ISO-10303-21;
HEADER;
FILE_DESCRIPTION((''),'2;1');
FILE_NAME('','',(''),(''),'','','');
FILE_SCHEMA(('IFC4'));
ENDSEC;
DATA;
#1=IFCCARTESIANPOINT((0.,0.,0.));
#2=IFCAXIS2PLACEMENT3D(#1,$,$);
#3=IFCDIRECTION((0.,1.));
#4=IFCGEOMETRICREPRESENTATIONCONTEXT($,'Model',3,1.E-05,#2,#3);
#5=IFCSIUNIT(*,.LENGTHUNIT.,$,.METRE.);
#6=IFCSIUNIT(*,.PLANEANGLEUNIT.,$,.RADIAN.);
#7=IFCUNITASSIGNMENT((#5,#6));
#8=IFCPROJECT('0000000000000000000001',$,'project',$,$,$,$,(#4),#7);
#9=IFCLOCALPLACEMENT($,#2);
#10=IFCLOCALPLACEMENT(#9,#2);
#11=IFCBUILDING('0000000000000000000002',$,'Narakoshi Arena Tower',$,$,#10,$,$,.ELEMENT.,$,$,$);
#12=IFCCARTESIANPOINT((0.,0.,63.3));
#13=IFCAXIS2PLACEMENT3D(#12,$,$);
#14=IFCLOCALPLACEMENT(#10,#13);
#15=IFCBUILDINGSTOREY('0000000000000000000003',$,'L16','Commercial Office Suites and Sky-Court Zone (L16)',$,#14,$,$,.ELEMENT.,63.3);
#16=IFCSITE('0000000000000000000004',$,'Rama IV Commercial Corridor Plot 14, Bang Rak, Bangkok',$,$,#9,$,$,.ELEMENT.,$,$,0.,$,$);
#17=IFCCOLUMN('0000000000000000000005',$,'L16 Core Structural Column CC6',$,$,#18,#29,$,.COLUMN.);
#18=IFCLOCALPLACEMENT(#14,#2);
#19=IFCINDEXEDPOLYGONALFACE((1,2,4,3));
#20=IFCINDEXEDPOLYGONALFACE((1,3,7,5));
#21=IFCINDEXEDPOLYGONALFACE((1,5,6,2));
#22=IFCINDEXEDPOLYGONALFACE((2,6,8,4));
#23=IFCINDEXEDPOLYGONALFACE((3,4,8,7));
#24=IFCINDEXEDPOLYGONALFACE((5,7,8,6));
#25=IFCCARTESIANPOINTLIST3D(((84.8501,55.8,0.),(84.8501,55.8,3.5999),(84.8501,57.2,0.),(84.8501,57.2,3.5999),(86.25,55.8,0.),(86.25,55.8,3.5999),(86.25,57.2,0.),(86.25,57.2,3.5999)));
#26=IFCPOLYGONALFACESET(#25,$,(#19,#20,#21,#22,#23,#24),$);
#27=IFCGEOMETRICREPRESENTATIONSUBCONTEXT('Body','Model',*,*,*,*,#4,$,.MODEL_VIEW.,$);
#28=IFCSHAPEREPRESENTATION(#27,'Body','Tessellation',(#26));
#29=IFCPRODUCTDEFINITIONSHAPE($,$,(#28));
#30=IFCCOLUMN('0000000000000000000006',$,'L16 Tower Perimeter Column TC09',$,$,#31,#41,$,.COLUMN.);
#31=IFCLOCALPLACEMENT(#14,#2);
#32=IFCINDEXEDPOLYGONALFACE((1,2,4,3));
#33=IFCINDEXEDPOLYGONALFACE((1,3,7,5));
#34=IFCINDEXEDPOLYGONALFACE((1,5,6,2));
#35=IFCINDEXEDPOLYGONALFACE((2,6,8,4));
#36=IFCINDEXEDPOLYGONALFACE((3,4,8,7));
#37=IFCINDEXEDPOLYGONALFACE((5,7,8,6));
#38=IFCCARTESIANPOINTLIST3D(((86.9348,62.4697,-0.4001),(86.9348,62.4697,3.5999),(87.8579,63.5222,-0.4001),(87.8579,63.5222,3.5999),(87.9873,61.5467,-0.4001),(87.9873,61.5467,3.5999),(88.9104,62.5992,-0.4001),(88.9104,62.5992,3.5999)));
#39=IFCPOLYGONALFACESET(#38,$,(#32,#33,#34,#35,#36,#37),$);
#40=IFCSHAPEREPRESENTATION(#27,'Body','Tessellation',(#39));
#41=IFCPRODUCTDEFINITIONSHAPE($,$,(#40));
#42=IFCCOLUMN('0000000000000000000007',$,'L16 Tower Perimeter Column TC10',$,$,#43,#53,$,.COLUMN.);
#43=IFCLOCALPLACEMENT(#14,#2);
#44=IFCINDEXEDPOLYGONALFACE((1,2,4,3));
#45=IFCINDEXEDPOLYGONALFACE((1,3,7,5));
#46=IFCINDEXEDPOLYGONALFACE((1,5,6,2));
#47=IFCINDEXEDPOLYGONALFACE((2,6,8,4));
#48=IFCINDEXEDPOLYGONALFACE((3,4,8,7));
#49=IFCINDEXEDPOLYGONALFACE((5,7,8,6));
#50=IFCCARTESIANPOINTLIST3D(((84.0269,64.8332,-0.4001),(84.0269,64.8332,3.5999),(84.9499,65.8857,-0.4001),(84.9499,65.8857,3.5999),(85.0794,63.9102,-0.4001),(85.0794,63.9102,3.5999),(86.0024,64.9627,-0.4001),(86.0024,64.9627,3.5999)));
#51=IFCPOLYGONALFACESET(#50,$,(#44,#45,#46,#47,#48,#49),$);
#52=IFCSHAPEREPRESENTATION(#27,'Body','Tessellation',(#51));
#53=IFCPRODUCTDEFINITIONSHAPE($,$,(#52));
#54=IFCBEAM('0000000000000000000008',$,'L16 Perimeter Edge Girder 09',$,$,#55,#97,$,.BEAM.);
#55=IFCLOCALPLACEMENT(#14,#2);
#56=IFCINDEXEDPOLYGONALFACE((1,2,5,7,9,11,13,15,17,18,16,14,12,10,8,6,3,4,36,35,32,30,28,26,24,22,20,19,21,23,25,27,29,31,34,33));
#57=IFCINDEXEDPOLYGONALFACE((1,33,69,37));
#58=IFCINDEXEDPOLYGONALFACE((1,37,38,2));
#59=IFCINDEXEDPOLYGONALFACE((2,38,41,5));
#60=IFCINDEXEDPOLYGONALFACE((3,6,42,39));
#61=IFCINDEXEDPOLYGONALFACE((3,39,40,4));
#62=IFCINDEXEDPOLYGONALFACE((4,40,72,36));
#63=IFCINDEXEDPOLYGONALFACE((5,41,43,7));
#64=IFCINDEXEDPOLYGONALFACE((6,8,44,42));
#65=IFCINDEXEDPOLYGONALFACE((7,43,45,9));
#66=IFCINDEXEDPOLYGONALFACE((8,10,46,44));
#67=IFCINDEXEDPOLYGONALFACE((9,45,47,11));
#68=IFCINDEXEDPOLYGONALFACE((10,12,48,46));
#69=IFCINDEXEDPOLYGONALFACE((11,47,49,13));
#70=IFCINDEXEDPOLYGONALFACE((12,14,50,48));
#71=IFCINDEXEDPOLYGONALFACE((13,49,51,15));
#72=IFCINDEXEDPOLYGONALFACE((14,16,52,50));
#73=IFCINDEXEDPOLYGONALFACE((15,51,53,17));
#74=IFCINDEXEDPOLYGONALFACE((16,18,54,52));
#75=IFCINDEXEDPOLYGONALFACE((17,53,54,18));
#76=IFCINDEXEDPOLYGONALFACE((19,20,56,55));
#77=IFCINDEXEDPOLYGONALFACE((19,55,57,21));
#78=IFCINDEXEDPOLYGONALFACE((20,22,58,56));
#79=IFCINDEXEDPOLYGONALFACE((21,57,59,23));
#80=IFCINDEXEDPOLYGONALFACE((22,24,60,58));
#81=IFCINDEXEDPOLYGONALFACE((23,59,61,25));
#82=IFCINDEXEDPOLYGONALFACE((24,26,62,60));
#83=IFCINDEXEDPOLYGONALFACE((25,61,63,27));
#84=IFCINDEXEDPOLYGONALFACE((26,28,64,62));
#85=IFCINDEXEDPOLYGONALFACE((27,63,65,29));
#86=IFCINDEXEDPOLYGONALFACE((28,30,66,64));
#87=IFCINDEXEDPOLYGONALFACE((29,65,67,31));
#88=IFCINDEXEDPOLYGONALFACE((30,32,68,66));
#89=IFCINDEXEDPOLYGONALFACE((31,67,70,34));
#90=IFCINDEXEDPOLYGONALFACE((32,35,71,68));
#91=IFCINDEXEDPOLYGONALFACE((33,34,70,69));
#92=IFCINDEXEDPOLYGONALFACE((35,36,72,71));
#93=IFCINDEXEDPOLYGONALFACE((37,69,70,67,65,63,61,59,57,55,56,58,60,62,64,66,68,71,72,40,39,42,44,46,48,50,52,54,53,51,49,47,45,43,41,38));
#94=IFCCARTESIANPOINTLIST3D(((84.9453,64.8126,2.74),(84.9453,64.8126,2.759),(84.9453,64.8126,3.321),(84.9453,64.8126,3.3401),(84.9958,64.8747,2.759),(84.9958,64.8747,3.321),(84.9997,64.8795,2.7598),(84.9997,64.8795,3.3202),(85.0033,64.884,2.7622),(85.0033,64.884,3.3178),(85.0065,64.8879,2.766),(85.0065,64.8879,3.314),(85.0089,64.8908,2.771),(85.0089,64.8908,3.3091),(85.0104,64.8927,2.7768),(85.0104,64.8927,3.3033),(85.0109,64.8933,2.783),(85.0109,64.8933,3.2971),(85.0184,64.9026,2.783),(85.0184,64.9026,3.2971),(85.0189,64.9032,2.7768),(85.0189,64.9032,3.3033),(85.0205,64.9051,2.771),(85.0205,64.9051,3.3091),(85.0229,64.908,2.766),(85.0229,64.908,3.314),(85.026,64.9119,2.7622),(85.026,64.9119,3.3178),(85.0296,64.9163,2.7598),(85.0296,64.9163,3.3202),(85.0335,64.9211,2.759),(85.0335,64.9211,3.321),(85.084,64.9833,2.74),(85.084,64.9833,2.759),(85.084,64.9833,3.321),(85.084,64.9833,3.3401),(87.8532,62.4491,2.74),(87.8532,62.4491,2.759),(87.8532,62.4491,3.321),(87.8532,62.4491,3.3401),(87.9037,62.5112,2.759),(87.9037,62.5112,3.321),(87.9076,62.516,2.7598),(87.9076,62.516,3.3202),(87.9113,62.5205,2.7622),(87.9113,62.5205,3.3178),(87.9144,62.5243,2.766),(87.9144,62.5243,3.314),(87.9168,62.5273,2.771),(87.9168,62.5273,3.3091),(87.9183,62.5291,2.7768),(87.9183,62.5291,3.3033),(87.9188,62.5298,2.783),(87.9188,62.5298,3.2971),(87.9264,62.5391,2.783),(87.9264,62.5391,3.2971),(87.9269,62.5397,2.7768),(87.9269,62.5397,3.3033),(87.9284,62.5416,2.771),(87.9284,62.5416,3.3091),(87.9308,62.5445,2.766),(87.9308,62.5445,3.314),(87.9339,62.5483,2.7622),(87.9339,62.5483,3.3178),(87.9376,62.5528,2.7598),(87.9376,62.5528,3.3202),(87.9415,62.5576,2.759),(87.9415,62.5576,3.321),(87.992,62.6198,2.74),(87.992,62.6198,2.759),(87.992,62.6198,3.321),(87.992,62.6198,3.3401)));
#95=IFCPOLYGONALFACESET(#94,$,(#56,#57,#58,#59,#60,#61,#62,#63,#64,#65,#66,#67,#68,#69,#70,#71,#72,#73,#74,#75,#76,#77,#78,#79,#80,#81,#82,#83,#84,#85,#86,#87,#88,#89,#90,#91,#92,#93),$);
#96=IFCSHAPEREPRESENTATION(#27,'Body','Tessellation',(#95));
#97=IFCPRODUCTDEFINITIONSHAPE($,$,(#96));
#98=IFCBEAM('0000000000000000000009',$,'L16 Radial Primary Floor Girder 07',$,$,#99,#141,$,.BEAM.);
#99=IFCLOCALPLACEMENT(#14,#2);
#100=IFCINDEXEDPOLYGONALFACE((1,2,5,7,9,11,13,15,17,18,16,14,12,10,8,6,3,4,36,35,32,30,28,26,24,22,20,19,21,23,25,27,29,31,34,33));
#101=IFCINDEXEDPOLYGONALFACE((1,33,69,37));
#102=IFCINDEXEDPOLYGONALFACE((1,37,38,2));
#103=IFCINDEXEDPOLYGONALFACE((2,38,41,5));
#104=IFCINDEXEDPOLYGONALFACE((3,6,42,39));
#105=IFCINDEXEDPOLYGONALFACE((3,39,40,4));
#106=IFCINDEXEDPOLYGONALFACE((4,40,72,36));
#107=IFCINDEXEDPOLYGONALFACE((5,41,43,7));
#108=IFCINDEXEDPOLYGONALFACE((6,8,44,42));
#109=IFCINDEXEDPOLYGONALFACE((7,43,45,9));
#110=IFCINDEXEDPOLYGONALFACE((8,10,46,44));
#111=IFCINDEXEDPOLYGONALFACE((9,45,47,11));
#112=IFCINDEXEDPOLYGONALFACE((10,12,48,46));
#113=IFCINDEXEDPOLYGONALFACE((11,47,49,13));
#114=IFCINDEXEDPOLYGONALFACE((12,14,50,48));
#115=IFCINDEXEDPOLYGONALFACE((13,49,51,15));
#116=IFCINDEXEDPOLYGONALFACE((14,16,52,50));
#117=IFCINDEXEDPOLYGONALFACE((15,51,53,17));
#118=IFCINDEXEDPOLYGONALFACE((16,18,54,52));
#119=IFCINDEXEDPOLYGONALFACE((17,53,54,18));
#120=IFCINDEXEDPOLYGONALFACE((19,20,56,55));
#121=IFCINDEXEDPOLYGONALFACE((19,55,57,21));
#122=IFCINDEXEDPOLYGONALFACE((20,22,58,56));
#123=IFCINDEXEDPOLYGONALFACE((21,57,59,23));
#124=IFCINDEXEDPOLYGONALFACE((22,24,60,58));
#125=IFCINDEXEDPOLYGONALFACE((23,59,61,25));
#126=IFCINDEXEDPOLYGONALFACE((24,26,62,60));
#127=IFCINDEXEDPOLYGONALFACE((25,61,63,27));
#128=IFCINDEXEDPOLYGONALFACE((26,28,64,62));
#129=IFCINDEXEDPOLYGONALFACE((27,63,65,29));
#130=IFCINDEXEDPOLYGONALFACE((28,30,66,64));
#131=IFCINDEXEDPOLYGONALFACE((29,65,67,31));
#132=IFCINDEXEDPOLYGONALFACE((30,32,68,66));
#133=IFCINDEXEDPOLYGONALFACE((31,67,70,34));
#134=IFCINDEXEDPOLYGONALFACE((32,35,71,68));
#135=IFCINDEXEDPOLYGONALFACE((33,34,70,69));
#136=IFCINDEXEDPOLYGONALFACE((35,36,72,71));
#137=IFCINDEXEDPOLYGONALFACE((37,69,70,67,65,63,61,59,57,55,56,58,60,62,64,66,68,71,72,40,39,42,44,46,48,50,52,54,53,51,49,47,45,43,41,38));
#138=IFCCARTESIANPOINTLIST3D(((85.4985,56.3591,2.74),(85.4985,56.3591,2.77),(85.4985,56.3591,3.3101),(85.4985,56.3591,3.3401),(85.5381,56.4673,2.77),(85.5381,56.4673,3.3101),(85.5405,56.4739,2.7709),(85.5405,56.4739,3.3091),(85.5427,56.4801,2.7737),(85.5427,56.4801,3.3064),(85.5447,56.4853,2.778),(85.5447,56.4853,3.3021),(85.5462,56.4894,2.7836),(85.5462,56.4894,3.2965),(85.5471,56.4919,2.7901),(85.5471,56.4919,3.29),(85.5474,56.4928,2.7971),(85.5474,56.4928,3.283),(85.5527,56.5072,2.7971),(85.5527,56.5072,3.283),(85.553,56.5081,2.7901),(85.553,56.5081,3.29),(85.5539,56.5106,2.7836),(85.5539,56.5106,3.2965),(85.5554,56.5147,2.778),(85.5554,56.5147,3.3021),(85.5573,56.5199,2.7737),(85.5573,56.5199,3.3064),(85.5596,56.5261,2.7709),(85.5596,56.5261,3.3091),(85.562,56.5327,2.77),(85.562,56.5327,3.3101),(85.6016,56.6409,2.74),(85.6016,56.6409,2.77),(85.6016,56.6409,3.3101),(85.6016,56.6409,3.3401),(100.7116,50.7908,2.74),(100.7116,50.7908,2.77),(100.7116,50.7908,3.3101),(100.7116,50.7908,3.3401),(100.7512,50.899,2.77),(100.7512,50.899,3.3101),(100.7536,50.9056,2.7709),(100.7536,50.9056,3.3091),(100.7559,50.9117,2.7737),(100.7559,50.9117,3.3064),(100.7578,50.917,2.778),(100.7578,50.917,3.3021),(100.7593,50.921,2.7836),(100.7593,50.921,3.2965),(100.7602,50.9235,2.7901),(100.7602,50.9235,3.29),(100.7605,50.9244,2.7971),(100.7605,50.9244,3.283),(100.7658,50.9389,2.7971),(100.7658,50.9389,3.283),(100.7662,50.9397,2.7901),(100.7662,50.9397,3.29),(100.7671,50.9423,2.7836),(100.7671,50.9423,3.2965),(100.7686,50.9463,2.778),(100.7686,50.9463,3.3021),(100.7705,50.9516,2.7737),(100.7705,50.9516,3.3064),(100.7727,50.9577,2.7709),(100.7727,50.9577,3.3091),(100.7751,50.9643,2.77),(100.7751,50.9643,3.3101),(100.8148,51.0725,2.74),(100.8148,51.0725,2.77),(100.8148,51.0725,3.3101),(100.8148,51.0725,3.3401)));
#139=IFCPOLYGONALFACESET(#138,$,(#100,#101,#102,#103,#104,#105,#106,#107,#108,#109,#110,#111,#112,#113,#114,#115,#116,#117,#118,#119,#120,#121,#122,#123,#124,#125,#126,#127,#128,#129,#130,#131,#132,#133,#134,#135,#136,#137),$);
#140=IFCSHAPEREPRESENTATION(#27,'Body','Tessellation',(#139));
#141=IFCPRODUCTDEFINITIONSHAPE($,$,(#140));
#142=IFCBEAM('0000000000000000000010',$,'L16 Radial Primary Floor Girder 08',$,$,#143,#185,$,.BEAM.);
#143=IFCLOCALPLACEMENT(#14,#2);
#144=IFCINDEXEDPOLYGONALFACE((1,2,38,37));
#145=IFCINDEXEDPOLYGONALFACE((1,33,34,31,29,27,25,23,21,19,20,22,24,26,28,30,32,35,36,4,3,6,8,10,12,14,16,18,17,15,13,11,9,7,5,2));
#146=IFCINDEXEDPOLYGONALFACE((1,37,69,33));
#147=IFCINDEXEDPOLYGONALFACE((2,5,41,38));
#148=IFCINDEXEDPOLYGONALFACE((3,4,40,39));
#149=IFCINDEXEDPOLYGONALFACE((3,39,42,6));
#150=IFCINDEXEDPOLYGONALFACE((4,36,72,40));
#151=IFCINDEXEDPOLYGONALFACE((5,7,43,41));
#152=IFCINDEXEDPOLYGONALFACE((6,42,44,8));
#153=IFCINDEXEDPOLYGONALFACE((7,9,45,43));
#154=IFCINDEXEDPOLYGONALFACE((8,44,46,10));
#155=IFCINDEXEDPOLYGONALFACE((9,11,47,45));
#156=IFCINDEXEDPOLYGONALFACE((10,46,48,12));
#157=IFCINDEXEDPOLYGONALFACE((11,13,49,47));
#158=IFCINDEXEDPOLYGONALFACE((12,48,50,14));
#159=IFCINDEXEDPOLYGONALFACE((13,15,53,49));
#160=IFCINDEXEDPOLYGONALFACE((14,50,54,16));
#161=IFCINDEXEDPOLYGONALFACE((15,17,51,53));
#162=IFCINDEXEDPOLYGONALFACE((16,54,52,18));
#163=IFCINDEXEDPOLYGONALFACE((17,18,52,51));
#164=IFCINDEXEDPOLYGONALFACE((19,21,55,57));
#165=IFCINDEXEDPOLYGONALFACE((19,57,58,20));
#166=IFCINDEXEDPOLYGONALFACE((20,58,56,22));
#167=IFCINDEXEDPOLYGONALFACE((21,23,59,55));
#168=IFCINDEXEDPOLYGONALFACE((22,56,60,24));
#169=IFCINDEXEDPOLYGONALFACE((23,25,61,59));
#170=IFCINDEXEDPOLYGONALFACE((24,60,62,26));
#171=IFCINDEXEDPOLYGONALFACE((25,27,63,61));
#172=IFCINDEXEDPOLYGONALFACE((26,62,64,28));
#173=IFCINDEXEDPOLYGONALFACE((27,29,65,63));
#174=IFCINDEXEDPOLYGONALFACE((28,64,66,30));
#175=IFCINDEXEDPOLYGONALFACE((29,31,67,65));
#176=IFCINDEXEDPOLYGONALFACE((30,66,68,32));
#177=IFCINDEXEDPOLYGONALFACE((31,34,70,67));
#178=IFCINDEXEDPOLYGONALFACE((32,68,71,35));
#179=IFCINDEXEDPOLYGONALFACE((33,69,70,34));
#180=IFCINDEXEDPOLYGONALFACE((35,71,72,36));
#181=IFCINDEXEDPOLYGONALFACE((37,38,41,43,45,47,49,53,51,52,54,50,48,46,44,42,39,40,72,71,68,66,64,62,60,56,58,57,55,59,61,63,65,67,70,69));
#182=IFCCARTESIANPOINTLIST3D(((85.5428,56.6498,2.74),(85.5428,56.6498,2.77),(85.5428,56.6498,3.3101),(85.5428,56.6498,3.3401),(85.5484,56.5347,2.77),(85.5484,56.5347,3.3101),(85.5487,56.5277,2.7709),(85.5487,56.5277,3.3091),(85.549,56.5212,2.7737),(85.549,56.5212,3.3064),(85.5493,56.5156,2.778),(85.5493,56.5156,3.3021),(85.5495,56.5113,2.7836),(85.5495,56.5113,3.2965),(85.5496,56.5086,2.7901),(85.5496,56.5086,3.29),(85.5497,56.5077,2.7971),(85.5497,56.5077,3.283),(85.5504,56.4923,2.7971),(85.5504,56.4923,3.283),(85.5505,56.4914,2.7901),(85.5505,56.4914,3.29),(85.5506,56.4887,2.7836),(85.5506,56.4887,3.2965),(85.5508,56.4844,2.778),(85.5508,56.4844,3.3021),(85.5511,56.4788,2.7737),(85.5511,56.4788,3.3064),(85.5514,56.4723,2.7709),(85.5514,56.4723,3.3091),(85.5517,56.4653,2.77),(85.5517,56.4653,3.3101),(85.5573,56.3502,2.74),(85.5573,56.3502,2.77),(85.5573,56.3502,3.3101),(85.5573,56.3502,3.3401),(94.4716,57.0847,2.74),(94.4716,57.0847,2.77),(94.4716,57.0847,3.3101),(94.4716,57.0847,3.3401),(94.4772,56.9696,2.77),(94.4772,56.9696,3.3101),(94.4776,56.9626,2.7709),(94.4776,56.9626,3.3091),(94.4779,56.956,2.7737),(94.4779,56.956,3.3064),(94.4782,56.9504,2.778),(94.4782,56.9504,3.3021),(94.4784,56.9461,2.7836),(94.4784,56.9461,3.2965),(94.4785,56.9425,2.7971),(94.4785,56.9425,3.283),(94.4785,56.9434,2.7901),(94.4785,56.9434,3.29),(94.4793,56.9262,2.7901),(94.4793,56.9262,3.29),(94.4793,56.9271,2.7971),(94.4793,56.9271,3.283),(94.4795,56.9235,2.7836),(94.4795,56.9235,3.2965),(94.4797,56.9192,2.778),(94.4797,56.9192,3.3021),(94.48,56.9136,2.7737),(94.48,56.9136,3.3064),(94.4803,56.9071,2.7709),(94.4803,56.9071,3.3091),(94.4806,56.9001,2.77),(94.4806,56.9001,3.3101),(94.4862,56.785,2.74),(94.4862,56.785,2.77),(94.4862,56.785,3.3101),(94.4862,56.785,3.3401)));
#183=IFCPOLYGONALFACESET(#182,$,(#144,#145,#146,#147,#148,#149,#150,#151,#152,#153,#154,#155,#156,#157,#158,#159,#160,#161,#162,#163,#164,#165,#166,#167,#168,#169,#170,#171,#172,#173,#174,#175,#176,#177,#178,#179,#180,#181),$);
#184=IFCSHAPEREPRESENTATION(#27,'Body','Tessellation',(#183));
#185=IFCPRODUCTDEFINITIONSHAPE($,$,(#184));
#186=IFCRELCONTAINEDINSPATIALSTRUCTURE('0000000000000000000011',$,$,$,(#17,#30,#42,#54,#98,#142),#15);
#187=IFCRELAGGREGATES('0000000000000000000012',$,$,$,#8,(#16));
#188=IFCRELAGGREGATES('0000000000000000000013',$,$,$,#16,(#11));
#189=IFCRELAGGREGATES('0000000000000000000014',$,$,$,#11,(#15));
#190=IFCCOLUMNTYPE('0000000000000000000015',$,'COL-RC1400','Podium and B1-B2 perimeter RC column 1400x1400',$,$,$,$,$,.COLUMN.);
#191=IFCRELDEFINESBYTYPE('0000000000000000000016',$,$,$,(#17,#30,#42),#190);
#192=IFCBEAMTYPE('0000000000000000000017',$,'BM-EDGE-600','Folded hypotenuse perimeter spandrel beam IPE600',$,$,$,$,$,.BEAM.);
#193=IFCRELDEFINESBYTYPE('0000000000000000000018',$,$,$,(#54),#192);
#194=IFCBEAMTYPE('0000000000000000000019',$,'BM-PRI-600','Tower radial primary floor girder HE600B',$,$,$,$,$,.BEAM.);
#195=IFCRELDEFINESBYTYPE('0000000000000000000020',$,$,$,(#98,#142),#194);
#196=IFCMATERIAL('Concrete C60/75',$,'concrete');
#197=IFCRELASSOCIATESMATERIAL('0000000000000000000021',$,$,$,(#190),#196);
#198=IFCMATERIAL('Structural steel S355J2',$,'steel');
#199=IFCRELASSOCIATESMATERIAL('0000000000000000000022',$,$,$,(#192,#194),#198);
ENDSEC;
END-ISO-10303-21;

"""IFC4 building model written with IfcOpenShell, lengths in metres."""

from ifc_helpers import new_model, si_unit, direction, frame, origin, origin_2d, place, context, subcontext, project, spatial, rectangle, i_section, extrude, material, material_profile, profile_set, type_object, element, save


model = new_model("IFC4")

# Units and contexts
model_context = context("Model", 3, precision=1e-05, world=origin(), true_north=direction((0.0, 1.0)))
body_context = subcontext(model_context, "Body", "Model", "MODEL_VIEW")
ifc_project = project(units=[si_unit("LENGTHUNIT", "METRE"), si_unit("PLANEANGLEUNIT", "RADIAN")], contexts=[model_context])

# Site, building, storey
site_placement = place(None, origin())
site = spatial("IfcSite", under=ifc_project, at=site_placement, Name="Rama IV Commercial Corridor Plot 14, Bang Rak, Bangkok", CompositionType="ELEMENT", RefElevation=0.0)
building_placement = place(site_placement, origin())
building = spatial("IfcBuilding", under=site, at=building_placement, Name="Narakoshi Arena Tower", CompositionType="ELEMENT")
storey_placement = place(building_placement, frame((0.0, 0.0, 63.3)))
storey = spatial("IfcBuildingStorey", under=building, at=storey_placement, Name="L16", Description="Commercial Office Suites and Sky-Court Zone (L16)", CompositionType="ELEMENT", Elevation=63.3)

# Columns
ifc_material_1 = material(Name="Concrete C60/75", Category="concrete")
ifc_material_profile_1 = material_profile(ifc_material_1, rectangle(XDim=1.3999, YDim=1.3999, at=origin_2d()), Name="RC1400x1400")
ifc_profile_set_1 = profile_set([ifc_material_profile_1], Name="Concrete C60/75")
column_type = type_object("IfcColumnType", Name="COL-RC1400", Description="Podium and B1-B2 perimeter RC column 1400x1400", PredefinedType="COLUMN", material=ifc_profile_set_1)
column_placement = place(storey_placement, frame((85.55, 56.5, 0.0), z_axis=(0.0, 0.0, 1.0), x_axis=(1.0, 0.0, 0.0)))
element("IfcColumn", 1, at=column_placement, inside=storey, type_object=column_type, Name="L16 Core Structural Column CC6", PredefinedType="COLUMN", context=body_context, shape_type="SweptSolid", body=[
    extrude(rectangle(XDim=1.3999, YDim=1.3999, at=origin_2d()), origin(), (0.0, 0.0, 1.0), 3.5999),
])
for number, where, z_axis, x_axis, name in (
    (2, (87.9226, 62.5344, -0.4001), (0.0, 0.0, 1.0), (0.659346, 0.75184, 0.0), "L16 Tower Perimeter Column TC09"),
    (3, (85.0146, 64.8979, -0.4001), (0.0, 0.0, 1.0), (0.659346, 0.75184, 0.0), "L16 Tower Perimeter Column TC10"),
):
    element("IfcColumn", number, at=place(storey_placement, frame(where, z_axis=z_axis, x_axis=x_axis)), inside=storey, type_object=column_type, Name=name, PredefinedType="COLUMN", context=body_context, shape_type="SweptSolid", body=[
        extrude(rectangle(XDim=1.3999, YDim=1.3999, at=origin_2d()), origin(), (0.0, 0.0, 1.0), 4.0),
    ])

# Beams
ifc_material_2 = material(Name="Structural steel S355J2", Category="steel")
ifc_material_profile_2 = material_profile(ifc_material_2, i_section(OverallWidth=0.22, OverallDepth=0.6001, WebThickness=0.012, FlangeThickness=0.019, FilletRadius=0.0239, at=origin_2d()), Name="IPE600")
ifc_profile_set_2 = profile_set([ifc_material_profile_2], Name="Structural steel S355J2")
beam_type_1 = type_object("IfcBeamType", Name="BM-EDGE-600", Description="Folded hypotenuse perimeter spandrel beam IPE600", PredefinedType="BEAM", material=ifc_profile_set_2)
beam_1_placement = place(storey_placement, frame((87.9226, 62.5344, 3.04), z_axis=(-0.776008, 0.630723, 0.0), x_axis=(-0.630723, -0.776008, 0.0)))
element("IfcBeam", 4, at=beam_1_placement, inside=storey, type_object=beam_type_1, Name="L16 Perimeter Edge Girder 09", PredefinedType="BEAM", context=body_context, shape_type="SweptSolid", body=[
    extrude(i_section(OverallWidth=0.22, OverallDepth=0.6001, WebThickness=0.012, FlangeThickness=0.019, FilletRadius=0.0239, at=origin_2d()), origin(), (0.0, 0.0, 1.0), 3.7473),
])
ifc_material_profile_3 = material_profile(ifc_material_2, i_section(OverallWidth=0.3, OverallDepth=0.6001, WebThickness=0.0154, FlangeThickness=0.03, FilletRadius=0.0271, at=origin_2d()), Name="HE600B")
ifc_profile_set_3 = profile_set([ifc_material_profile_3], Name="Structural steel S355J2")
beam_type_2 = type_object("IfcBeamType", Name="BM-PRI-600", Description="Tower radial primary floor girder HE600B", PredefinedType="BEAM", material=ifc_profile_set_3)
beam_2_placement = place(storey_placement, frame((85.55, 56.5, 3.04), z_axis=(0.939071, -0.343722, 0.0), x_axis=(0.343722, 0.939071, 0.0)))
element("IfcBeam", 5, at=beam_2_placement, inside=storey, type_object=beam_type_2, Name="L16 Radial Primary Floor Girder 07", PredefinedType="BEAM", context=body_context, shape_type="SweptSolid", body=[
    extrude(i_section(OverallWidth=0.3, OverallDepth=0.6001, WebThickness=0.0154, FlangeThickness=0.03, FilletRadius=0.0271, at=origin_2d()), origin(), (0.0, 0.0, 1.0), 16.2002),
])
beam_3_placement = place(storey_placement, frame((85.55, 56.5, 3.04), z_axis=(0.998816, 0.048639, 0.0), x_axis=(-0.048639, 0.998816, 0.0)))
element("IfcBeam", 6, at=beam_3_placement, inside=storey, type_object=beam_type_2, Name="L16 Radial Primary Floor Girder 08", PredefinedType="BEAM", context=body_context, shape_type="SweptSolid", body=[
    extrude(i_section(OverallWidth=0.3, OverallDepth=0.6001, WebThickness=0.0154, FlangeThickness=0.03, FilletRadius=0.0271, at=origin_2d()), origin(), (0.0, 0.0, 1.0), 8.9395),
])

save(model, "model.ifc")
